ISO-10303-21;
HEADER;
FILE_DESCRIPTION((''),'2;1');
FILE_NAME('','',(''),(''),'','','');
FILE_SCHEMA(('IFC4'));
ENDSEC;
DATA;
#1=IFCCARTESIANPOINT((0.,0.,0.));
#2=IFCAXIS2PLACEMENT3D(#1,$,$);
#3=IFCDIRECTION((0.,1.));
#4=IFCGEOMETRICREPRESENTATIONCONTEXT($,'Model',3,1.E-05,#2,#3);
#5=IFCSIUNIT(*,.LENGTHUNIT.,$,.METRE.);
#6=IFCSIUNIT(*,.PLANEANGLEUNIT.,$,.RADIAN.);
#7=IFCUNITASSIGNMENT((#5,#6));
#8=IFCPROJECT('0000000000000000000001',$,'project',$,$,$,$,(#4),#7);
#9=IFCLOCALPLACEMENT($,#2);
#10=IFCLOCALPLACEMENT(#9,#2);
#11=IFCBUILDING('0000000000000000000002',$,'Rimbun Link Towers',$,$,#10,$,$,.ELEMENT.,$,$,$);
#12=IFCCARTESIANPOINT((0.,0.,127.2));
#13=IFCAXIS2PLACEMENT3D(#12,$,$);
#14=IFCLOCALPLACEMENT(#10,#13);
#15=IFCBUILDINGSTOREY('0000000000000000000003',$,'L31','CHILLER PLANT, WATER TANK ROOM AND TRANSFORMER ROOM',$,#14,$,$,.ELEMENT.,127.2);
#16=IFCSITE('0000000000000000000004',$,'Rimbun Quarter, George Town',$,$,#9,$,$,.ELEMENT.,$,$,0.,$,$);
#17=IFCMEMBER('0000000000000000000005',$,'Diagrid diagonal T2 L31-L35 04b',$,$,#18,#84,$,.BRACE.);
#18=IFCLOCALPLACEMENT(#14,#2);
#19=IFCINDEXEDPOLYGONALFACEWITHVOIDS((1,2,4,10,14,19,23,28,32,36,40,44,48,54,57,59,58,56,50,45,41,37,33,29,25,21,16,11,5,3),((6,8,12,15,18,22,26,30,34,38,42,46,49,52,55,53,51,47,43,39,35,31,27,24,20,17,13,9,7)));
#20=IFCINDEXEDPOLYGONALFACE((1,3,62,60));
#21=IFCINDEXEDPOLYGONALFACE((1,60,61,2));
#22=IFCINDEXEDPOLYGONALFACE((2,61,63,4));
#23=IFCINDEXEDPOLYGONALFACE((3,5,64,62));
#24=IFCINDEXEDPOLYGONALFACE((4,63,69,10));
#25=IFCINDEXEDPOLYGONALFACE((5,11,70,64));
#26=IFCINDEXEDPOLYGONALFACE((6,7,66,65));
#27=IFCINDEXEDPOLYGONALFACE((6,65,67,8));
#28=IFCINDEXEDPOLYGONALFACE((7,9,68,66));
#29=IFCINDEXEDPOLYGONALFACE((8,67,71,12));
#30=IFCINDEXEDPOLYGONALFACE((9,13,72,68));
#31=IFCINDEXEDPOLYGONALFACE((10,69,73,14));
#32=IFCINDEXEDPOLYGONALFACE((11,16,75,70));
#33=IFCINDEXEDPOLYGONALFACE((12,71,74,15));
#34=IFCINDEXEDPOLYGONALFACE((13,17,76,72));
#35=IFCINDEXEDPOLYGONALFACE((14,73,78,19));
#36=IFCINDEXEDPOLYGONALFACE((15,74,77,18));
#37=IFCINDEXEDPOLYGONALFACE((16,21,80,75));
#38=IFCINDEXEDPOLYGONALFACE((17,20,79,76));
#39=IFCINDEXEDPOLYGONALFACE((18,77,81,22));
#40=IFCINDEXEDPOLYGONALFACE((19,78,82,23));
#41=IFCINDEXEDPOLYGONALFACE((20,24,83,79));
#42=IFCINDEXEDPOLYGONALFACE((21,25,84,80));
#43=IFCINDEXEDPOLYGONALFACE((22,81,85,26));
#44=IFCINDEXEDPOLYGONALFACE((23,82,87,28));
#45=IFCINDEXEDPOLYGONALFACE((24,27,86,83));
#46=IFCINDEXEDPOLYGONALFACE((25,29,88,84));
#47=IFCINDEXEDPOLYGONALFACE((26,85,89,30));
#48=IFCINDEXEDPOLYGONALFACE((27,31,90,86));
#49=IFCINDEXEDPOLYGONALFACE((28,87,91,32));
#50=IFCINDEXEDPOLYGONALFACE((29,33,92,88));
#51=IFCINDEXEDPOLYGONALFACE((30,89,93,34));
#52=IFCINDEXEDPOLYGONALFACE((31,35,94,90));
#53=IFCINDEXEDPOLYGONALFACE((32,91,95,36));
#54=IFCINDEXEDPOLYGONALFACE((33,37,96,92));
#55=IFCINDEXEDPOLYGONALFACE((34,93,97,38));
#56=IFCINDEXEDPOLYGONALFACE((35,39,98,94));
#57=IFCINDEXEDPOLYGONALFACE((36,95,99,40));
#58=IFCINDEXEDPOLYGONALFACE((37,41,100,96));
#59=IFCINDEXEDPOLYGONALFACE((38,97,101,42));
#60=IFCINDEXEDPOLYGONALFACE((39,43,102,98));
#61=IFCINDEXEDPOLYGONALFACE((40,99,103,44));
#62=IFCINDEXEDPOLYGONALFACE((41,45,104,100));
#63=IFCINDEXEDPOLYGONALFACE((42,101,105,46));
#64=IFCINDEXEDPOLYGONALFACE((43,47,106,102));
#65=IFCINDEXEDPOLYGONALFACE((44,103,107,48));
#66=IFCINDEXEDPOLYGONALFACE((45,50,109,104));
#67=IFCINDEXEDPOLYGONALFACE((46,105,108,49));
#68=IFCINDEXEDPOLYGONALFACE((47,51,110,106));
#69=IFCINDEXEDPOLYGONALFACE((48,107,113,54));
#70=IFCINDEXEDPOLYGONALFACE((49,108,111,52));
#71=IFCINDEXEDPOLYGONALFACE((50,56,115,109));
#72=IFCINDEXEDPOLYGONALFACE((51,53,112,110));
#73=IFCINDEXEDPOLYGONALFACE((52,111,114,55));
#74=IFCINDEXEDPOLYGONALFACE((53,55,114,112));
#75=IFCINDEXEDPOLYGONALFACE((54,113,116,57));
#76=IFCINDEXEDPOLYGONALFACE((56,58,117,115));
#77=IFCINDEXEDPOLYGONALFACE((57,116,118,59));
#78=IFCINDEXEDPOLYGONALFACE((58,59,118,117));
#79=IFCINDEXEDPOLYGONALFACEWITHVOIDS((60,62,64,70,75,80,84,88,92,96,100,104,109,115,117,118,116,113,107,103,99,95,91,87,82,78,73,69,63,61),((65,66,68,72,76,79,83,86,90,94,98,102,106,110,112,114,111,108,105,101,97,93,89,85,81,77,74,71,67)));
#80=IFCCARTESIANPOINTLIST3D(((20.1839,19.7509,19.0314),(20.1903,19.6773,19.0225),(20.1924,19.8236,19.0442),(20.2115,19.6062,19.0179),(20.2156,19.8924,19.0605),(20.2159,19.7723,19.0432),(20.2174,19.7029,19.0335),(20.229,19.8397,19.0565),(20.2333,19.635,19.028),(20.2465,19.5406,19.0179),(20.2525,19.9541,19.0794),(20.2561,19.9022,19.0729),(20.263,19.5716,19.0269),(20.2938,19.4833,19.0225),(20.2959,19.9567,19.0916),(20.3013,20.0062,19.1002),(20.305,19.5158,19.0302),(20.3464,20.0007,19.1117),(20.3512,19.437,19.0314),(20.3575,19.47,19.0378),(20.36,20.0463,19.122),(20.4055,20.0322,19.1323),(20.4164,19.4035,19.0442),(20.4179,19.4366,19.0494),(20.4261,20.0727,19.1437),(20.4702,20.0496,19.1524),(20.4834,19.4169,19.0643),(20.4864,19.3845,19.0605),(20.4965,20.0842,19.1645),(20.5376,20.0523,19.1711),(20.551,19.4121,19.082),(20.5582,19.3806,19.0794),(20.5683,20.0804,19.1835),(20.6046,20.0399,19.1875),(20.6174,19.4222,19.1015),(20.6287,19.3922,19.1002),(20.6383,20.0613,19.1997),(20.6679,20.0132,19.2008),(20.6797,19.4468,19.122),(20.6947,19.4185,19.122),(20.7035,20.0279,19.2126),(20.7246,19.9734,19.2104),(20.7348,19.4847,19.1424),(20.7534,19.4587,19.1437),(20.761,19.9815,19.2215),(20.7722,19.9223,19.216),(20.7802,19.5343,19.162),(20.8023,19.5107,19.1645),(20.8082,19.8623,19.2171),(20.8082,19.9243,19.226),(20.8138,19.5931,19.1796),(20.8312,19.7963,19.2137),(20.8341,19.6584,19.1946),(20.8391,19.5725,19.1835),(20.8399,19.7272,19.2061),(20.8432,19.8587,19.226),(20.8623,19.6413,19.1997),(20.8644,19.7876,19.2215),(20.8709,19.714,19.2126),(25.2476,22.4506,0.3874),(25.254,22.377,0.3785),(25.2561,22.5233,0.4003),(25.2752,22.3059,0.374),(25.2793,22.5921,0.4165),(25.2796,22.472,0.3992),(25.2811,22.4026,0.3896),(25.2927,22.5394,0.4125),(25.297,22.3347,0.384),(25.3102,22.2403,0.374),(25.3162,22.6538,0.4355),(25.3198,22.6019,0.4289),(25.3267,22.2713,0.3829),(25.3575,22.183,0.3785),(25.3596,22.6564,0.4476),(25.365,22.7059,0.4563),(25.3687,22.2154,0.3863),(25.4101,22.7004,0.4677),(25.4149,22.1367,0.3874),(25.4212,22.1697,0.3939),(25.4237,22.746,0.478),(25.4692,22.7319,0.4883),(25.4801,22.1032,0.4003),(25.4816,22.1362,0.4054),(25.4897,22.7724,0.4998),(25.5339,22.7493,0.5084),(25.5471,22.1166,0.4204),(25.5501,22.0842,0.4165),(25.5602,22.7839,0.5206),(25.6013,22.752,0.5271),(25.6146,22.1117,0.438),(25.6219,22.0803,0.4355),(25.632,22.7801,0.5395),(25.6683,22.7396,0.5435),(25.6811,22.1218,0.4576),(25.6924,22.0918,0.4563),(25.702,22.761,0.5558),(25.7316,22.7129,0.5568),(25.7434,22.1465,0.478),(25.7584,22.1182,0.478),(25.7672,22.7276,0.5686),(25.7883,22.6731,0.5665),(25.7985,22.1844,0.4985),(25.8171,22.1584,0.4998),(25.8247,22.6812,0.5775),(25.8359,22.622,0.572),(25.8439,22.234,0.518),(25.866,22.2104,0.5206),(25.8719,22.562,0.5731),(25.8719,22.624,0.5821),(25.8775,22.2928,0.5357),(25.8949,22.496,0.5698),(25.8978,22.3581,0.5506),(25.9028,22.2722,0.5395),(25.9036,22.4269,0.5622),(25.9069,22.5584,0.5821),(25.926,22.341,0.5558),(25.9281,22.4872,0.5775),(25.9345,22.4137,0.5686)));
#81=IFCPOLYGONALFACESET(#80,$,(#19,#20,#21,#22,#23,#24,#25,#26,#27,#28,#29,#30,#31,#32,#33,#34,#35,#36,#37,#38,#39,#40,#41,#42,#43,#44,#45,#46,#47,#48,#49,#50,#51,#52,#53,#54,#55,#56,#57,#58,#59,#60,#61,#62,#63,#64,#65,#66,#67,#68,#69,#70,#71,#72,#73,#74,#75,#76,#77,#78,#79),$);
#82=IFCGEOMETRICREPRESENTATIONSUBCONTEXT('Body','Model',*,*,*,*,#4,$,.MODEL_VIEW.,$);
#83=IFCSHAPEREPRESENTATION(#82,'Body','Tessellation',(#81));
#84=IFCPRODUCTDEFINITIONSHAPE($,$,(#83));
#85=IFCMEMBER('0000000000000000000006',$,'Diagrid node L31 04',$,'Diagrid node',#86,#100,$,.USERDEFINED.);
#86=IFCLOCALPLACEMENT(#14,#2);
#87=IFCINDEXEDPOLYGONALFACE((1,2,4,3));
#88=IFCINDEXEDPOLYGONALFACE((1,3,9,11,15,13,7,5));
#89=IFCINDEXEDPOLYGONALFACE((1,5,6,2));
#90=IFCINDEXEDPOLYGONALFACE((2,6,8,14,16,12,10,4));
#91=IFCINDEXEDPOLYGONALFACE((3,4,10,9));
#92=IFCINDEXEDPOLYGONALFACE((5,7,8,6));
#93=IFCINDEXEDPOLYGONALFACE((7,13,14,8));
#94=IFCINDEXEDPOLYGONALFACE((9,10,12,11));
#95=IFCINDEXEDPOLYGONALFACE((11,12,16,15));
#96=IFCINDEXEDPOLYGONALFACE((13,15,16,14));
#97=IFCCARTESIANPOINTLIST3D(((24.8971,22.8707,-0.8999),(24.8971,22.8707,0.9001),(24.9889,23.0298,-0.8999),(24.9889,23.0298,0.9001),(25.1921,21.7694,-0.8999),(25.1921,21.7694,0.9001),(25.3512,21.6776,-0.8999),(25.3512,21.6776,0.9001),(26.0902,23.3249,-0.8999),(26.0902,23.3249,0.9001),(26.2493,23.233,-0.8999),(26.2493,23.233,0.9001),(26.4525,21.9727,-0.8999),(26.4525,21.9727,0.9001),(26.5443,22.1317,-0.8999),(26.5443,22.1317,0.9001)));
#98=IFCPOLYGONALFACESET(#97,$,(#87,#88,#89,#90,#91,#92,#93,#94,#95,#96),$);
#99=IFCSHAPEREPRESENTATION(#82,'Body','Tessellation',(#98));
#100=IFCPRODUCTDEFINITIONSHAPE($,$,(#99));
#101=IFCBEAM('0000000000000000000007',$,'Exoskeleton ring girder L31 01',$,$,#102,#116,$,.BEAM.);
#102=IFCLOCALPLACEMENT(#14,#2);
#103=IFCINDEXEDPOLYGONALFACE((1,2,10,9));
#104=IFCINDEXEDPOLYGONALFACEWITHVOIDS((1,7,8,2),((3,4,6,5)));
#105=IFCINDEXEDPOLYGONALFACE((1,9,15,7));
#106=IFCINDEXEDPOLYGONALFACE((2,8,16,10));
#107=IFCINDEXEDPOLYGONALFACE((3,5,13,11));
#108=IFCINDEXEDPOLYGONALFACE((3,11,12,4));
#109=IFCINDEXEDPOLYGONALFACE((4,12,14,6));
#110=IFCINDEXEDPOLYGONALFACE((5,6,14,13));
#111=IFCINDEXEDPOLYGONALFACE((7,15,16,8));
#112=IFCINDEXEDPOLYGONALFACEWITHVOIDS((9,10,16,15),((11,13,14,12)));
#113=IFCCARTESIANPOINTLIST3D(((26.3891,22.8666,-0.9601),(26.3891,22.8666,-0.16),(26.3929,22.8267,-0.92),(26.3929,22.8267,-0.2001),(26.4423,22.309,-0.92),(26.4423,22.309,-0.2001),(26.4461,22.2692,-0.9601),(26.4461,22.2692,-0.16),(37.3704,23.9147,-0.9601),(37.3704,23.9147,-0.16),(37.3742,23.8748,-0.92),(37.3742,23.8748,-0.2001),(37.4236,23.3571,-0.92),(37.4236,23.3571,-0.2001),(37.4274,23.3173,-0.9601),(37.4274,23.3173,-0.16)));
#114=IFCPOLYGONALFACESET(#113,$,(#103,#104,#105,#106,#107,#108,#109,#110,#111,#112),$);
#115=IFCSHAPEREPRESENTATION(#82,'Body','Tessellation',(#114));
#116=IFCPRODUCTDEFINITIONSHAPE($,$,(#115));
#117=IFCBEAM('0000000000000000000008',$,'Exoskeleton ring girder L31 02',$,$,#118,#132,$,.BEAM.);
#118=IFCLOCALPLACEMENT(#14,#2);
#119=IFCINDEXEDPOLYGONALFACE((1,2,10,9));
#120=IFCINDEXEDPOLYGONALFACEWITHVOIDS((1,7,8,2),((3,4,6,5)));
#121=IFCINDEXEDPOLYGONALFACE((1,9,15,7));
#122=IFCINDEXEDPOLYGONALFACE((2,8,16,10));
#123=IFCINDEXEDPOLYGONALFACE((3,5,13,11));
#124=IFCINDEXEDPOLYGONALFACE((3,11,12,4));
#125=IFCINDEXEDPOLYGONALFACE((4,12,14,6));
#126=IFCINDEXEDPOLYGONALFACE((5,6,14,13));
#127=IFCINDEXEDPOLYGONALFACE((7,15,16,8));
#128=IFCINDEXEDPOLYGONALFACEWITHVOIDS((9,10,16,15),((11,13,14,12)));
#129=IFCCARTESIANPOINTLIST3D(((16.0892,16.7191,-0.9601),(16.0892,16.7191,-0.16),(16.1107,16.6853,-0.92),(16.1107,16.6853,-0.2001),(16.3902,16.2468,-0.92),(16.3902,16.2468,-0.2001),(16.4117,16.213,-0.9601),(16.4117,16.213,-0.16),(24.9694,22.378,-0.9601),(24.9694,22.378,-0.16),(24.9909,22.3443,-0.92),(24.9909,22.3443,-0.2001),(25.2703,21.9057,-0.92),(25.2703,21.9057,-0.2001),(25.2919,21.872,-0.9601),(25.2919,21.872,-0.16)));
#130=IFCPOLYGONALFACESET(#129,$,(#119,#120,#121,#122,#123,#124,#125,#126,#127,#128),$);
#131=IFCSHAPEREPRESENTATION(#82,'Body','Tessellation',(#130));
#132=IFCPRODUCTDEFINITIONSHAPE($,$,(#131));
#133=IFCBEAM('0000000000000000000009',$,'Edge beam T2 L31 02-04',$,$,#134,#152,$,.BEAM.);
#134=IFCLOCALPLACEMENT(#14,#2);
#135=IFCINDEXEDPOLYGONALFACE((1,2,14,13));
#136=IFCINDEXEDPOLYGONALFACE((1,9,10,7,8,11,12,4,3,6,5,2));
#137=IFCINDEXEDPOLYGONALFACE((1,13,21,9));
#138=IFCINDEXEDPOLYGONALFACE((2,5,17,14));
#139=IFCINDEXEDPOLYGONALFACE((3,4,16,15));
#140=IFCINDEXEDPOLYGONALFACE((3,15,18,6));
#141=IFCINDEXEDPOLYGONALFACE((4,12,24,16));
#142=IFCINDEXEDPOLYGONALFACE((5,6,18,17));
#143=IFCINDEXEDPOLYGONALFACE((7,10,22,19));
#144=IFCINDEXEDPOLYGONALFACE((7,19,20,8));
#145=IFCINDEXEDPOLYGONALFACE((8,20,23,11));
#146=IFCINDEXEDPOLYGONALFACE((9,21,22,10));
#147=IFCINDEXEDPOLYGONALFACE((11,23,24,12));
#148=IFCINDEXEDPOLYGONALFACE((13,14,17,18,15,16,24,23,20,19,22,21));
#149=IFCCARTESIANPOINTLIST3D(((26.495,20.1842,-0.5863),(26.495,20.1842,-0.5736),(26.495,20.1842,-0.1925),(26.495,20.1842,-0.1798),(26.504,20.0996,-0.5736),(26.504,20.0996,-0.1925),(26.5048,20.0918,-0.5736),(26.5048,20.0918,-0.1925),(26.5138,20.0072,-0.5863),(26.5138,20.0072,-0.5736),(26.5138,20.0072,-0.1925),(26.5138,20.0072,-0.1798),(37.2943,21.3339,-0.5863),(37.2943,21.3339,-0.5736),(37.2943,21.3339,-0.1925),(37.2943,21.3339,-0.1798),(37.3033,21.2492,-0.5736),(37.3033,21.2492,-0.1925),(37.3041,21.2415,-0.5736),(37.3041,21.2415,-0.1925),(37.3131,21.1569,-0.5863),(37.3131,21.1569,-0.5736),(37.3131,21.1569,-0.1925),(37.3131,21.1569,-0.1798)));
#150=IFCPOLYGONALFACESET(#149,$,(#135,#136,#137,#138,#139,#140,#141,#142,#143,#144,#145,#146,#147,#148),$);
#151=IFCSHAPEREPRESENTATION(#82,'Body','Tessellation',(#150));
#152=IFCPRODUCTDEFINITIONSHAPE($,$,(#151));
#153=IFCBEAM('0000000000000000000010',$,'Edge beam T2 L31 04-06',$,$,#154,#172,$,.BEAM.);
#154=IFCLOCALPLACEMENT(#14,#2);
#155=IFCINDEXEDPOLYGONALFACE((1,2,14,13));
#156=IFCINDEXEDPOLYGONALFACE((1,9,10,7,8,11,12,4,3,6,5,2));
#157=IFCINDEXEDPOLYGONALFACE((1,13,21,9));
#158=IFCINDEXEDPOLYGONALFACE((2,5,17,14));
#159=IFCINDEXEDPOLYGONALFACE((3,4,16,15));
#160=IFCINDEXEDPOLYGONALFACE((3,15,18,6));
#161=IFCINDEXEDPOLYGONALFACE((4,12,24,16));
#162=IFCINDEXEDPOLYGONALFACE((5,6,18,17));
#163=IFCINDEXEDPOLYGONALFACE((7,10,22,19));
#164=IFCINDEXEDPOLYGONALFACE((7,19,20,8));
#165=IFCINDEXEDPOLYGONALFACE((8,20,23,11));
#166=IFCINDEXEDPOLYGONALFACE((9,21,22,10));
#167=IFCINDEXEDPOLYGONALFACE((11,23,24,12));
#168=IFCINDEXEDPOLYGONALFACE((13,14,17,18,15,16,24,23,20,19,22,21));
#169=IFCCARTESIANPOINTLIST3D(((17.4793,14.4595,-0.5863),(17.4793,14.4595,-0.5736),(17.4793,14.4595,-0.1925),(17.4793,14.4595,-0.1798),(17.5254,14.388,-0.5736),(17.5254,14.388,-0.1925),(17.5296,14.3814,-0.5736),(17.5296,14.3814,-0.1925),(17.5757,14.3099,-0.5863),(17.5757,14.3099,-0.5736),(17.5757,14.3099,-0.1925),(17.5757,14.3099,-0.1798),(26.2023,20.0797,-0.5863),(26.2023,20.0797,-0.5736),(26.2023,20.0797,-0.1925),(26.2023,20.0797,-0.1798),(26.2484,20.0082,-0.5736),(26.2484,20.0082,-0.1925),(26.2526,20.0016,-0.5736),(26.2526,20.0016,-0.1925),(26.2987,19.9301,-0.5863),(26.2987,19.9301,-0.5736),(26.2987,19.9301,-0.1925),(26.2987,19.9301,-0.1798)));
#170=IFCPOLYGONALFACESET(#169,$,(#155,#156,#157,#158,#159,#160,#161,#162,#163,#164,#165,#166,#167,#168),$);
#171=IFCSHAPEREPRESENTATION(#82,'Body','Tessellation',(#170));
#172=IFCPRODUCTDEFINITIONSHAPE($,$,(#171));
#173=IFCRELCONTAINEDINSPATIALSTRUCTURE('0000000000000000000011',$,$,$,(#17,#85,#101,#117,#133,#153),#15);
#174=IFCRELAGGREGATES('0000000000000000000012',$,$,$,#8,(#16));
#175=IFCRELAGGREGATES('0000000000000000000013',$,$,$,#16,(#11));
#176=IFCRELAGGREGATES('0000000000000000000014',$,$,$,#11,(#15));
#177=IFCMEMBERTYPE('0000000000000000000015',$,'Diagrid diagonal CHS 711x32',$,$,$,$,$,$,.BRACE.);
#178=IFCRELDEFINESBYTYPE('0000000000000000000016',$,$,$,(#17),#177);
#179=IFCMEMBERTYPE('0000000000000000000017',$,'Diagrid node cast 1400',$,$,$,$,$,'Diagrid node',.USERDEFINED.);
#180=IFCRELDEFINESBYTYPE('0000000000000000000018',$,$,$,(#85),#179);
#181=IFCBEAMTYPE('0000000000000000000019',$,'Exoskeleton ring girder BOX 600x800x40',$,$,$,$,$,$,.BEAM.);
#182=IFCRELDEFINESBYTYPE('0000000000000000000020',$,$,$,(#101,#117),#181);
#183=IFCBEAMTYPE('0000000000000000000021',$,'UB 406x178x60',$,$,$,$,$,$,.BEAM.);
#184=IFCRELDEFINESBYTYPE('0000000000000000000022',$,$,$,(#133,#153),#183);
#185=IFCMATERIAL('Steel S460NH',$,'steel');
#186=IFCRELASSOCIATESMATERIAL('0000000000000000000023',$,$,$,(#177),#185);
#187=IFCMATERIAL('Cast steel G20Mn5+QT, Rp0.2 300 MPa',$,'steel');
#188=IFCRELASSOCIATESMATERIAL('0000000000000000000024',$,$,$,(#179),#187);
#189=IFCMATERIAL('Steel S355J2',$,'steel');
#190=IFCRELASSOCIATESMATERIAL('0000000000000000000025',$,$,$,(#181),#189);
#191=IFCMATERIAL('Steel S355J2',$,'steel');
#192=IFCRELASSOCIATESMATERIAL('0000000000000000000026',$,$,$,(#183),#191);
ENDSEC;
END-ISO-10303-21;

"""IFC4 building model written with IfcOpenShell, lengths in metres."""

from ifc_helpers import new_model, si_unit, direction, frame, origin, origin_2d, place, context, subcontext, project, spatial, polyline, hollow_rectangle, hollow_circle, i_section, outline, extrude, material, material_profile, profile_set, type_object, element, save


model = new_model("IFC4")

# Units and contexts
model_context = context("Model", 3, precision=1e-05, world=origin(), true_north=direction((0.0, 1.0)))
body_context = subcontext(model_context, "Body", "Model", "MODEL_VIEW")
ifc_project = project(units=[si_unit("LENGTHUNIT", "METRE"), si_unit("PLANEANGLEUNIT", "RADIAN")], contexts=[model_context])

# Site, building, storey
site_placement = place(None, origin())
site = spatial("IfcSite", under=ifc_project, at=site_placement, Name="Rimbun Quarter, George Town", CompositionType="ELEMENT", RefElevation=0.0)
building_placement = place(site_placement, origin())
building = spatial("IfcBuilding", under=site, at=building_placement, Name="Rimbun Link Towers", CompositionType="ELEMENT")
storey_placement = place(building_placement, frame((0.0, 0.0, 127.2)))
storey = spatial("IfcBuildingStorey", under=building, at=storey_placement, Name="L31", Description="CHILLER PLANT, WATER TANK ROOM AND TRANSFORMER ROOM", CompositionType="ELEMENT", Elevation=127.2)

# Members
ifc_material_1 = material(Name="Steel S460NH", Category="steel")
ifc_material_profile_1 = material_profile(ifc_material_1, hollow_circle(Radius=0.3557, WallThickness=0.032, at=origin_2d()), Name="Diagrid diagonal CHS 711x32")
ifc_profile_set_1 = profile_set([ifc_material_profile_1], Name="Steel S460NH")
member_type_1 = type_object("IfcMemberType", Name="Diagrid diagonal CHS 711x32", PredefinedType="BRACE", material=ifc_profile_set_1)
member_1_placement = place(storey_placement, frame((25.5911, 22.4321, 0.478), z_axis=(-0.259582, -0.138396, 0.955753), x_axis=(0.47046, -0.882421, 0.0)))
element("IfcMember", 1, at=member_1_placement, inside=storey, type_object=member_type_1, Name="Diagrid diagonal T2 L31-L35 04b", PredefinedType="BRACE", context=body_context, shape_type="SweptSolid", body=[
    extrude(hollow_circle(Radius=0.3557, WallThickness=0.032, at=origin_2d()), origin(), (0.0, 0.0, 1.0), 19.5071),
])
ifc_material_2 = material(Name="Cast steel G20Mn5+QT, Rp0.2 300 MPa", Category="steel")
ifc_material_profile_2 = material_profile(ifc_material_2, outline(polyline([(0.7, -0.5701), (0.7, 0.5701), (0.5701, 0.7), (-0.5701, 0.7), (-0.7, 0.5701), (-0.7, -0.5701), (-0.5701, -0.7), (0.5701, -0.7), (0.7, -0.5701)])), Name="NODE 1400x1400")
ifc_profile_set_2 = profile_set([ifc_material_profile_2], Name="Cast steel G20Mn5+QT, Rp0.2 300 MPa")
member_type_2 = type_object("IfcMemberType", Name="Diagrid node cast 1400", ElementType="Diagrid node", PredefinedType="USERDEFINED", material=ifc_profile_set_2)
member_2_placement = place(storey_placement, frame((25.7207, 22.5012, -0.8999), z_axis=(0.0, 0.0, 1.0), x_axis=(-0.258819, 0.965926, 0.0)))
element("IfcMember", 2, at=member_2_placement, inside=storey, type_object=member_type_2, Name="Diagrid node L31 04", ObjectType="Diagrid node", PredefinedType="USERDEFINED", context=body_context, shape_type="SweptSolid", body=[
    extrude(outline(polyline([(0.7, -0.5701), (0.7, 0.5701), (0.5701, 0.7), (-0.5701, 0.7), (-0.7, 0.5701), (-0.7, -0.5701), (-0.5701, -0.7), (0.5701, -0.7), (0.7, -0.5701)])), origin(), (0.0, 0.0, 1.0), 1.8),
])

# Beams
ifc_material_3 = material(Name="Steel S355J2", Category="steel")
ifc_material_profile_3 = material_profile(ifc_material_3, hollow_rectangle(XDim=0.6001, YDim=0.8, WallThickness=0.04, at=origin_2d()), Name="Exoskeleton ring girder BOX 600x800x40")
ifc_profile_set_3 = profile_set([ifc_material_profile_3], Name="Steel S355J2")
beam_type_1 = type_object("IfcBeamType", Name="Exoskeleton ring girder BOX 600x800x40", PredefinedType="BEAM", material=ifc_profile_set_3)
beam_1_placement = place(storey_placement, frame((37.3989, 23.616, -0.5601), z_axis=(-0.995476, -0.095011, 0.0), x_axis=(0.095011, -0.995476, 0.0)))
element("IfcBeam", 3, at=beam_1_placement, inside=storey, type_object=beam_type_1, Name="Exoskeleton ring girder L31 01", PredefinedType="BEAM", context=body_context, shape_type="SweptSolid", body=[
    extrude(hollow_rectangle(XDim=0.6001, YDim=0.8, WallThickness=0.04, at=origin_2d()), origin(), (0.0, 0.0, 1.0), 11.0312),
])
beam_2_placement = place(storey_placement, frame((25.1306, 22.125, -0.5601), z_axis=(-0.84332, -0.537412, 0.0), x_axis=(0.537412, -0.84332, 0.0)))
element("IfcBeam", 4, at=beam_2_placement, inside=storey, type_object=beam_type_1, Name="Exoskeleton ring girder L31 02", PredefinedType="BEAM", context=body_context, shape_type="SweptSolid", body=[
    extrude(hollow_rectangle(XDim=0.6001, YDim=0.8, WallThickness=0.04, at=origin_2d()), origin(), (0.0, 0.0, 1.0), 10.53),
])
ifc_material_4 = material(Name="Steel S355J2", Category="steel")
ifc_material_profile_4 = material_profile(ifc_material_4, i_section(OverallWidth=0.178, OverallDepth=0.4065, WebThickness=0.0078, FlangeThickness=0.0127, at=origin_2d()), Name="UB 406x178x60")
ifc_profile_set_4 = profile_set([ifc_material_profile_4], Name="Steel S355J2")
beam_type_2 = type_object("IfcBeamType", Name="UB 406x178x60", PredefinedType="BEAM", material=ifc_profile_set_4)
beam_3_placement = place(storey_placement, frame((37.3037, 21.2454, -0.3831), z_axis=(-0.994381, -0.105858, 0.0), x_axis=(0.105858, -0.994381, 0.0)))
element("IfcBeam", 5, at=beam_3_placement, inside=storey, type_object=beam_type_2, Name="Edge beam T2 L31 02-04", PredefinedType="BEAM", context=body_context, shape_type="SweptSolid", body=[
    extrude(i_section(OverallWidth=0.178, OverallDepth=0.4065, WebThickness=0.0078, FlangeThickness=0.0127, at=origin_2d()), origin(), (0.0, 0.0, 1.0), 10.8604),
])
beam_4_placement = place(storey_placement, frame((26.2505, 20.0049, -0.3831), z_axis=(-0.840628, -0.541612, 0.0), x_axis=(0.541612, -0.840628, 0.0)))
element("IfcBeam", 6, at=beam_4_placement, inside=storey, type_object=beam_type_2, Name="Edge beam T2 L31 04-06", PredefinedType="BEAM", context=body_context, shape_type="SweptSolid", body=[
    extrude(i_section(OverallWidth=0.178, OverallDepth=0.4065, WebThickness=0.0078, FlangeThickness=0.0127, at=origin_2d()), origin(), (0.0, 0.0, 1.0), 10.3767),
])

save(model, "model.ifc")
